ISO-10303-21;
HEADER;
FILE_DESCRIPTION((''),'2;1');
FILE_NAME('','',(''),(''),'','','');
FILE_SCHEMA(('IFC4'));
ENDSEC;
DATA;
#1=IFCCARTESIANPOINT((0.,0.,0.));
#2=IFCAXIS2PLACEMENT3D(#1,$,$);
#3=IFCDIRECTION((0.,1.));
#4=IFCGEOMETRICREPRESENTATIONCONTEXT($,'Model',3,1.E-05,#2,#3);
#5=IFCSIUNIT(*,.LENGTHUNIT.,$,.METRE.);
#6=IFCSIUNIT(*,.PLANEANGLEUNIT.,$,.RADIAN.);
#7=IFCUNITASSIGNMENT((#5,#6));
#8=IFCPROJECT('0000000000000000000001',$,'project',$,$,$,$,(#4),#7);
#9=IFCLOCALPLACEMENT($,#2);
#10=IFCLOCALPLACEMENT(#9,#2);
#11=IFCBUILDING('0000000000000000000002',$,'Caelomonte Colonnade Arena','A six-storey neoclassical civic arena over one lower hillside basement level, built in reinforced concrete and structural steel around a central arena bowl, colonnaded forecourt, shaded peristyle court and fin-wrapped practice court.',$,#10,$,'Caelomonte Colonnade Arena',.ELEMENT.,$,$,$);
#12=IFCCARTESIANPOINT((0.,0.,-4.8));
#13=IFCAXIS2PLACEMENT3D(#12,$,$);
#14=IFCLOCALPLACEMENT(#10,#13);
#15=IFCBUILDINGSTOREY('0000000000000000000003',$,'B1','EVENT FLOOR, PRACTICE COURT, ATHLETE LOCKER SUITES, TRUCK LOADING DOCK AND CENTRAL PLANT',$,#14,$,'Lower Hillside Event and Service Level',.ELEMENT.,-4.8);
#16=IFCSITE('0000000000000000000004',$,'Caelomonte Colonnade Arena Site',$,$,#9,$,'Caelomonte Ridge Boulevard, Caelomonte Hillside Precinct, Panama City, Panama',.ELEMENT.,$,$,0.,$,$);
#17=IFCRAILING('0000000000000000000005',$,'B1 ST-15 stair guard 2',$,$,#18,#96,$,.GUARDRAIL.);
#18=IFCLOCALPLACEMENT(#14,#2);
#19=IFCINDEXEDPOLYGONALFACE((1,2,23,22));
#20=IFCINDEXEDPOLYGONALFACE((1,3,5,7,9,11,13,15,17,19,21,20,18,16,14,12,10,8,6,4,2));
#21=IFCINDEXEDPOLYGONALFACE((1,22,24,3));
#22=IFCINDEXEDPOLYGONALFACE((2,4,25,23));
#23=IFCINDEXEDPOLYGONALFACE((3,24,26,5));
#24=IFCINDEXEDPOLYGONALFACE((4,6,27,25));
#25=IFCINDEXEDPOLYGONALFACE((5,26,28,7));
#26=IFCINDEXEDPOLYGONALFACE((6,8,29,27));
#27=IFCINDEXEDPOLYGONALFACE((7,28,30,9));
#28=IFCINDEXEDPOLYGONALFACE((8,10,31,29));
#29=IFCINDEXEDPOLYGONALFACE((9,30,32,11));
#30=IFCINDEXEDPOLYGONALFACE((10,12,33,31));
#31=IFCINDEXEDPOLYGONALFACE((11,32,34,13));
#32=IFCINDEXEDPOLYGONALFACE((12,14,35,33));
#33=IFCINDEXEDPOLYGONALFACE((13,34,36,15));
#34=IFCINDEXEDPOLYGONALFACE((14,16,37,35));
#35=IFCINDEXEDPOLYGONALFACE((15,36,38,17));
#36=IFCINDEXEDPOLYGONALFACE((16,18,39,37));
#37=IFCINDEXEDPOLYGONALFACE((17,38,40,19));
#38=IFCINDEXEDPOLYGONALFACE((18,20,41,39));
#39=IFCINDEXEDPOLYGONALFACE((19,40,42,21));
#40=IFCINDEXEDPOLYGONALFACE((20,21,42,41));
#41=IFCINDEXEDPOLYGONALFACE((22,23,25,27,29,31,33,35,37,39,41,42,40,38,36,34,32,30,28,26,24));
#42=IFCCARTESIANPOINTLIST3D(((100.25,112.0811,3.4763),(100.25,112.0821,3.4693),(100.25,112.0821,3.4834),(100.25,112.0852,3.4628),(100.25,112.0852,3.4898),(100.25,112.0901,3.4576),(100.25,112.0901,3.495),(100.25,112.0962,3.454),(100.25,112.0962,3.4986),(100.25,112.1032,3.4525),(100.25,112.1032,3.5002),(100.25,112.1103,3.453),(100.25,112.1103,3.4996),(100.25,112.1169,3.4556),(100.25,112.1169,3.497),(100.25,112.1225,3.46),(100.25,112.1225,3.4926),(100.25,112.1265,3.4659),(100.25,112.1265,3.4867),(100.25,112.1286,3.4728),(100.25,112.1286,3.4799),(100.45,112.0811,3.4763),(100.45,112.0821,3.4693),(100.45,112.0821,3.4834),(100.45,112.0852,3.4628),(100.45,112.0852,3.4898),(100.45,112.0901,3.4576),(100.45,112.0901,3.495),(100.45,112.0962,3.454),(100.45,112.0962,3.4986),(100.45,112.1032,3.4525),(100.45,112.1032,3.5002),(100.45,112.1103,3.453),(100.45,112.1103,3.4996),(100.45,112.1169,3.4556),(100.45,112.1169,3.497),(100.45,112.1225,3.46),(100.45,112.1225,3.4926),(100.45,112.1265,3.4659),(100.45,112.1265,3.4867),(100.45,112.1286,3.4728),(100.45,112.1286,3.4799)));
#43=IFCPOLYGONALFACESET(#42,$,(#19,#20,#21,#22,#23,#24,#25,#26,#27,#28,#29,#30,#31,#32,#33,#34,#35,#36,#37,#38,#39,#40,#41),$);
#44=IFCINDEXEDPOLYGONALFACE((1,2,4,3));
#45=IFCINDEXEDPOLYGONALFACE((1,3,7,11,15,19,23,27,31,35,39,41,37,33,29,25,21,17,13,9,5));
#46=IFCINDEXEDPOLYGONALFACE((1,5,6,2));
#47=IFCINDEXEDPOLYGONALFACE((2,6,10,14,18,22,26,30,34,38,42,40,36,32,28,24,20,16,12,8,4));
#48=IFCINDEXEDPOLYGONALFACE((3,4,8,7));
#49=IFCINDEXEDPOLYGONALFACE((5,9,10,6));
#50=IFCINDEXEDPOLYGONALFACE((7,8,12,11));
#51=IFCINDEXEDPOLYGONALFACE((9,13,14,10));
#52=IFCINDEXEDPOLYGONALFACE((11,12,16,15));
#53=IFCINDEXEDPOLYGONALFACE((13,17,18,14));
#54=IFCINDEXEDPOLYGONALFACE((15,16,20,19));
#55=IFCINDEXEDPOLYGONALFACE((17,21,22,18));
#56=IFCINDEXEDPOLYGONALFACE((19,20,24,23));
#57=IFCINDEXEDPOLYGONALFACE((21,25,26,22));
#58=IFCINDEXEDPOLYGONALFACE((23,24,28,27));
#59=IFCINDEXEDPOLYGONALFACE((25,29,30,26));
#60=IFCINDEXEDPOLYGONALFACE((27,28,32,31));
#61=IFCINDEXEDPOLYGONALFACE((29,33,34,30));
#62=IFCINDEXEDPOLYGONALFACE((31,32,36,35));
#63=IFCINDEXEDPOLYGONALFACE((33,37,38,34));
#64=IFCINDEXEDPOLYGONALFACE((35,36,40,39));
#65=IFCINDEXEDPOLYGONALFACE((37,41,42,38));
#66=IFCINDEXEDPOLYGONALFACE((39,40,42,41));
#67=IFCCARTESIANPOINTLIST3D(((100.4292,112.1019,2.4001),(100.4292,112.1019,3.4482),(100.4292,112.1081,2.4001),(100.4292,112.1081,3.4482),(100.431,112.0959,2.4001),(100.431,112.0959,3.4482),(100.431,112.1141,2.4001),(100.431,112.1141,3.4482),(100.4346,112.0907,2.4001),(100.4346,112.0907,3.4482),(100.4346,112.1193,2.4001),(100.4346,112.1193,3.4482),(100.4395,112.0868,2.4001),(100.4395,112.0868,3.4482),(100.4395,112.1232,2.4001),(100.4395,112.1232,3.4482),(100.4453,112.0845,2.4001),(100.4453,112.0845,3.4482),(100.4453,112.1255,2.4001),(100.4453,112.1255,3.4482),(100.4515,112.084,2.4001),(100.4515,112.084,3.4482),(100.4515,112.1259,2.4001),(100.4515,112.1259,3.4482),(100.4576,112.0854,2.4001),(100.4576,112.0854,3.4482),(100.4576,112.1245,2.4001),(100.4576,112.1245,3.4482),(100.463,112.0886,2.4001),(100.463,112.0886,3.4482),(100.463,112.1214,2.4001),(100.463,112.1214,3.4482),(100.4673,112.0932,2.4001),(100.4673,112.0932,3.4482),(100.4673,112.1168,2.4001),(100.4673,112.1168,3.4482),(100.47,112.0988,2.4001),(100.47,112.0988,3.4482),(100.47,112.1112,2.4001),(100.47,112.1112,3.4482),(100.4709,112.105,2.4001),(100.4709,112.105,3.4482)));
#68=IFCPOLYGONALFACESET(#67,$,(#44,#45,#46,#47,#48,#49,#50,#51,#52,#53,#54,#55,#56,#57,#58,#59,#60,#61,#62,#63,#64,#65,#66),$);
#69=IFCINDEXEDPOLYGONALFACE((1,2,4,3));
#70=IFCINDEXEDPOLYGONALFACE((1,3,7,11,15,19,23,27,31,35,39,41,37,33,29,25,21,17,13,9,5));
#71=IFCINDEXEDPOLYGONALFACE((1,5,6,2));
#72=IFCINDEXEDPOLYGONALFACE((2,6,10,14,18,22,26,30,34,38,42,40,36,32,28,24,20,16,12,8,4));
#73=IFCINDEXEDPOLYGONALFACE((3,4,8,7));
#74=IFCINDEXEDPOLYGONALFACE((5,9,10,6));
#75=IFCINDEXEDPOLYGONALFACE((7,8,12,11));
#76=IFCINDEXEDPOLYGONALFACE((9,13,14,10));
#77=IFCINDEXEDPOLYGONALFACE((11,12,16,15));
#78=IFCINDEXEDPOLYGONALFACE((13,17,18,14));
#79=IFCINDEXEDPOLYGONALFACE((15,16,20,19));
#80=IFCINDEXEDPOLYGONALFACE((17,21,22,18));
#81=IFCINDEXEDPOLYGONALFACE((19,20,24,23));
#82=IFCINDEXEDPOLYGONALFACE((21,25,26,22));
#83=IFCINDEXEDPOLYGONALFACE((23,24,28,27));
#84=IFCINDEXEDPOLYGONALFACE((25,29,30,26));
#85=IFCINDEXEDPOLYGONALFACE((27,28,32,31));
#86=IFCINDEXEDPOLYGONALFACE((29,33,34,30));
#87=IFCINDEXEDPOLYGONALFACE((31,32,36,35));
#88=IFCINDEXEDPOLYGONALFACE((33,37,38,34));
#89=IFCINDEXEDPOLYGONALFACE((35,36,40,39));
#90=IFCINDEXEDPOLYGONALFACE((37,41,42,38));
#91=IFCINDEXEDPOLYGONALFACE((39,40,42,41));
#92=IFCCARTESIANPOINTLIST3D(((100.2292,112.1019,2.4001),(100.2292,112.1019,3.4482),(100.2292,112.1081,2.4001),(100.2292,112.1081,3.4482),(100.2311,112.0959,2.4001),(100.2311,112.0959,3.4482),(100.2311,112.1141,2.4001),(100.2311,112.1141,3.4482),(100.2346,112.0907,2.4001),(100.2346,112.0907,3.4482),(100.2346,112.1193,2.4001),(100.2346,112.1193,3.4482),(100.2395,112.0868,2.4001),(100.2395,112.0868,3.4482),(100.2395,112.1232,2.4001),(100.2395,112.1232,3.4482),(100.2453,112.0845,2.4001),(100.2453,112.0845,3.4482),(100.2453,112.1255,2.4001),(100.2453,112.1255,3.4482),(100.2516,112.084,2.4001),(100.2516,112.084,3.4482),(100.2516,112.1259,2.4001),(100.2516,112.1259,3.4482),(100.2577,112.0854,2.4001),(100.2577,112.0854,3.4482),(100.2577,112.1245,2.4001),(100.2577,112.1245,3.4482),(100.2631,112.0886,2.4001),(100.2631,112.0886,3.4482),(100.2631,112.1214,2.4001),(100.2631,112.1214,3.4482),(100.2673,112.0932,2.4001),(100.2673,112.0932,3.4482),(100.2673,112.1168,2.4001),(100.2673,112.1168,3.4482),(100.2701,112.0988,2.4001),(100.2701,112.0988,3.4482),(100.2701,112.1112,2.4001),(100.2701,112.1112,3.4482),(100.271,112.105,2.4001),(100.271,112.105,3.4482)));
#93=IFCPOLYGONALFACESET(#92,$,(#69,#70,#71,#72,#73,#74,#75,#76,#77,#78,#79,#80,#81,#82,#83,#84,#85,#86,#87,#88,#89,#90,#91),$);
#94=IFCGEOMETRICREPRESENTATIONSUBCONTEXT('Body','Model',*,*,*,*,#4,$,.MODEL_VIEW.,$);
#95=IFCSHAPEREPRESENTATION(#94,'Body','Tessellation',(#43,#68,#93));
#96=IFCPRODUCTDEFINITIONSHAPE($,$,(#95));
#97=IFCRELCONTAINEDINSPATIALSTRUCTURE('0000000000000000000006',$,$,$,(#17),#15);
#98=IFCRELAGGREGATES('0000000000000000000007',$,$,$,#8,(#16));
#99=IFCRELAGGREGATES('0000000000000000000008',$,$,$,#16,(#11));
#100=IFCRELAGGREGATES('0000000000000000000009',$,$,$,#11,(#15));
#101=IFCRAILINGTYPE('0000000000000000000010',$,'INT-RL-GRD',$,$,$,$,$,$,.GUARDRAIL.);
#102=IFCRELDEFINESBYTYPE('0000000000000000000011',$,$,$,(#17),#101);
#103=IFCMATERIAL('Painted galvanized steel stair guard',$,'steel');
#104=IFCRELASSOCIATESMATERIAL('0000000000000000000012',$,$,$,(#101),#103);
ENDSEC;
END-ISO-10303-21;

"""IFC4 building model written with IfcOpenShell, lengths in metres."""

from ifc_helpers import new_model, si_unit, direction, frame, origin, origin_2d, place, context, subcontext, project, spatial, circle, extrude, material, type_object, element, save


model = new_model("IFC4")

# Units and contexts
model_context = context("Model", 3, precision=1e-05, world=origin(), true_north=direction((0.0, 1.0)))
body_context = subcontext(model_context, "Body", "Model", "MODEL_VIEW")
ifc_project = project(units=[si_unit("LENGTHUNIT", "METRE"), si_unit("PLANEANGLEUNIT", "RADIAN")], contexts=[model_context])

# Site, building, storey
site_placement = place(None, origin())
site = spatial("IfcSite", under=ifc_project, at=site_placement, Name="Caelomonte Colonnade Arena Site", LongName="Caelomonte Ridge Boulevard, Caelomonte Hillside Precinct, Panama City, Panama", CompositionType="ELEMENT", RefElevation=0.0)
building_placement = place(site_placement, origin())
building = spatial("IfcBuilding", under=site, at=building_placement, Name="Caelomonte Colonnade Arena", Description="A six-storey neoclassical civic arena over one lower hillside basement level, built in reinforced concrete and structural steel around a central arena bowl, colonnaded forecourt, shaded peristyle court and fin-wrapped practice court.", LongName="Caelomonte Colonnade Arena", CompositionType="ELEMENT")
storey_placement = place(building_placement, frame((0.0, 0.0, -4.8)))
storey = spatial("IfcBuildingStorey", under=building, at=storey_placement, Name="B1", Description="EVENT FLOOR, PRACTICE COURT, ATHLETE LOCKER SUITES, TRUCK LOADING DOCK AND CENTRAL PLANT", LongName="Lower Hillside Event and Service Level", CompositionType="ELEMENT", Elevation=-4.8)

# Railing
ifc_material_1 = material(Name="Painted galvanized steel stair guard", Category="steel")
railing_type_1 = type_object("IfcRailingType", Name="INT-RL-GRD", PredefinedType="GUARDRAIL", material=ifc_material_1)
railing_1_placement = place(storey_placement, frame((100.45, 112.105, 2.4001)))
element("IfcRailing", 1, at=railing_1_placement, inside=storey, type_object=railing_type_1, Name="B1 ST-15 stair guard 2", PredefinedType="GUARDRAIL", context=body_context, shape_type="SweptSolid", body=[
    extrude(circle(Radius=0.0239, at=origin_2d()), frame((0.0, 0.0, 1.0762), z_axis=(-1.0, 0.0, 0.0), x_axis=(0.0, -1.0, 0.0)), (0.0, 0.0, 1.0), 0.2),
    extrude(circle(Radius=0.021, at=origin_2d()), origin(), (0.0, 0.0, 1.0), 1.0481),
    extrude(circle(Radius=0.021, at=origin_2d()), frame((-0.2, 0.0, 0.0)), (0.0, 0.0, 1.0), 1.0481),
])

save(model, "model.ifc")
